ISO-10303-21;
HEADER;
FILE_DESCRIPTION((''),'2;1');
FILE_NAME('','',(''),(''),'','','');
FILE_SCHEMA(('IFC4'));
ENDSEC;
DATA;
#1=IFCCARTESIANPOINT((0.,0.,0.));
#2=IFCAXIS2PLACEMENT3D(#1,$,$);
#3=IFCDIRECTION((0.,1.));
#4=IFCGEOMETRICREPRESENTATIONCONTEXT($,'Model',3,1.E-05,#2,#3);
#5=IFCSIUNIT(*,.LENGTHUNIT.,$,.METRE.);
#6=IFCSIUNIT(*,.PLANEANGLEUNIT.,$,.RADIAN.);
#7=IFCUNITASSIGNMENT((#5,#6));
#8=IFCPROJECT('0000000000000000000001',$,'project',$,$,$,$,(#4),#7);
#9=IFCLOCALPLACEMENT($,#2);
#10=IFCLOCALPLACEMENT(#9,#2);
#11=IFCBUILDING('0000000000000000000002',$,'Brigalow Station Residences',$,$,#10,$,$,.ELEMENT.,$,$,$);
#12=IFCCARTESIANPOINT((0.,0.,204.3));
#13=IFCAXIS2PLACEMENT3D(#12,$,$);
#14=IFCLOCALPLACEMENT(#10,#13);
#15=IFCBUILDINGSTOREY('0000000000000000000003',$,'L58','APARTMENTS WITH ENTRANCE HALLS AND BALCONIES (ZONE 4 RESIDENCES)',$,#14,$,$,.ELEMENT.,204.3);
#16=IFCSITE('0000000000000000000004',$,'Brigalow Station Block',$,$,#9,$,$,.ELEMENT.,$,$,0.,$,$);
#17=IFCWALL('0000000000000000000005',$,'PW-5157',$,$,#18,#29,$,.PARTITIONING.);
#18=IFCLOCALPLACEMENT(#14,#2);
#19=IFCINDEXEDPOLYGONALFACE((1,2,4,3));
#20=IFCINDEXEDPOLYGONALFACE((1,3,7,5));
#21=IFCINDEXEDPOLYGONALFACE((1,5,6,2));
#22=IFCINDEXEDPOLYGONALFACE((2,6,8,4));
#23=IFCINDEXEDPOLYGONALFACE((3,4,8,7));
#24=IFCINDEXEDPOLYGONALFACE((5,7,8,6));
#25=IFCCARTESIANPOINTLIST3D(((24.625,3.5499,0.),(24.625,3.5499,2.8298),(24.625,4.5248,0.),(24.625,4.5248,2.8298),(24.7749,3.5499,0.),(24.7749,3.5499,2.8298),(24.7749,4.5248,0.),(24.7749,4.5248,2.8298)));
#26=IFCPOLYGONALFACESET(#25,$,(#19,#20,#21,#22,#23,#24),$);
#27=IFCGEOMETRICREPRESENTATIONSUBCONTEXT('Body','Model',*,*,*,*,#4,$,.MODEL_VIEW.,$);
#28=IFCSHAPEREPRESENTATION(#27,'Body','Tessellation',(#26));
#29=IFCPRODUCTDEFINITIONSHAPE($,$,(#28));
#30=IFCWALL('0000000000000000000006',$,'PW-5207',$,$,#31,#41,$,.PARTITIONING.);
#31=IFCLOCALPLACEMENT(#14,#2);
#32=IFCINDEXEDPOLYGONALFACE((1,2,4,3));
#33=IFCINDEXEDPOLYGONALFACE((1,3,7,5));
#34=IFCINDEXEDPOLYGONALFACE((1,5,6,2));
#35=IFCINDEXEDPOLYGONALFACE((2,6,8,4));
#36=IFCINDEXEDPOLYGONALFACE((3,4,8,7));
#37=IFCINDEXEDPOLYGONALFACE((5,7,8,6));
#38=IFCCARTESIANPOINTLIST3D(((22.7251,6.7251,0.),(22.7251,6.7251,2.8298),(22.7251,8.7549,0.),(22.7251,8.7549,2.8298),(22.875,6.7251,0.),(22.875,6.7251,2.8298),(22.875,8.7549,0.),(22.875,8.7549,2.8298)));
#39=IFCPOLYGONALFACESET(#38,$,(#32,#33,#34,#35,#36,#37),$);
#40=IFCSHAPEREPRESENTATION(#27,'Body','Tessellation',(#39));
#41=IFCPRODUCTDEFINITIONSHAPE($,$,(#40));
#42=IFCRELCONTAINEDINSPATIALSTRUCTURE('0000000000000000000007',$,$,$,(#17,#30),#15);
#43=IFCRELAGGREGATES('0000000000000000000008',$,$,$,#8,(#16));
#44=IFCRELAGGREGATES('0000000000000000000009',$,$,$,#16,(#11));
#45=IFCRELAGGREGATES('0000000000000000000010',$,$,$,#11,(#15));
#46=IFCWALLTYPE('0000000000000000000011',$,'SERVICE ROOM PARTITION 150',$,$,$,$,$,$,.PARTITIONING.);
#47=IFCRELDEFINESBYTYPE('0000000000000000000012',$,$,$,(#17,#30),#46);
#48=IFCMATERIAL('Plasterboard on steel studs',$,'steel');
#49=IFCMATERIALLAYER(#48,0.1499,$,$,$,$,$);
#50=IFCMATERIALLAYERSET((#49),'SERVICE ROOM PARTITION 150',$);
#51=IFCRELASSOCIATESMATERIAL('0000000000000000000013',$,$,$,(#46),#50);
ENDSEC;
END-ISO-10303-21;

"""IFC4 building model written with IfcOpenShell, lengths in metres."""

from ifc_helpers import new_model, si_unit, direction, frame, frame_2d, origin, place, context, subcontext, project, spatial, rectangle, extrude, material, layer, layer_set, type_object, element, save


model = new_model("IFC4")

# Units and contexts
model_context = context("Model", 3, precision=1e-05, world=origin(), true_north=direction((0.0, 1.0)))
body_context = subcontext(model_context, "Body", "Model", "MODEL_VIEW")
ifc_project = project(units=[si_unit("LENGTHUNIT", "METRE"), si_unit("PLANEANGLEUNIT", "RADIAN")], contexts=[model_context])

# Site, building, storey
site_placement = place(None, origin())
site = spatial("IfcSite", under=ifc_project, at=site_placement, Name="Brigalow Station Block", CompositionType="ELEMENT", RefElevation=0.0)
building_placement = place(site_placement, origin())
building = spatial("IfcBuilding", under=site, at=building_placement, Name="Brigalow Station Residences", CompositionType="ELEMENT")
storey_placement = place(building_placement, frame((0.0, 0.0, 204.3)))
storey = spatial("IfcBuildingStorey", under=building, at=storey_placement, Name="L58", Description="APARTMENTS WITH ENTRANCE HALLS AND BALCONIES (ZONE 4 RESIDENCES)", CompositionType="ELEMENT", Elevation=204.3)

# Shared definitions
ifc_material_1 = material(Name="Plasterboard on steel studs", Category="steel")
ifc_layer_1 = layer(ifc_material_1, 0.1499)
ifc_layer_set_1 = layer_set([ifc_layer_1], Name="SERVICE ROOM PARTITION 150")
wall_type_1 = type_object("IfcWallType", Name="SERVICE ROOM PARTITION 150", PredefinedType="PARTITIONING", material=ifc_layer_set_1)

# Walls
wall_1_placement = place(storey_placement, frame((24.7, 3.55, 0.0), z_axis=(0.0, 0.0, 1.0), x_axis=(0.0, 1.0, 0.0)))
element("IfcWall", 1, at=wall_1_placement, inside=storey, type_object=wall_type_1, Name="PW-5157", PredefinedType="PARTITIONING", context=body_context, shape_type="SweptSolid", body=[
    extrude(rectangle(XDim=0.9749, YDim=0.1499, at=frame_2d((0.4873, 0.0))), origin(), (0.0, 0.0, 1.0), 2.8298),
])
wall_2_placement = place(storey_placement, frame((22.8, 6.7251, 0.0), z_axis=(0.0, 0.0, 1.0), x_axis=(0.0, 1.0, 0.0)))
element("IfcWall", 2, at=wall_2_placement, inside=storey, type_object=wall_type_1, Name="PW-5207", PredefinedType="PARTITIONING", context=body_context, shape_type="SweptSolid", body=[
    extrude(rectangle(XDim=2.0298, YDim=0.1499, at=frame_2d((1.0149, 0.0))), origin(), (0.0, 0.0, 1.0), 2.8298),
])

save(model, "model.ifc")
